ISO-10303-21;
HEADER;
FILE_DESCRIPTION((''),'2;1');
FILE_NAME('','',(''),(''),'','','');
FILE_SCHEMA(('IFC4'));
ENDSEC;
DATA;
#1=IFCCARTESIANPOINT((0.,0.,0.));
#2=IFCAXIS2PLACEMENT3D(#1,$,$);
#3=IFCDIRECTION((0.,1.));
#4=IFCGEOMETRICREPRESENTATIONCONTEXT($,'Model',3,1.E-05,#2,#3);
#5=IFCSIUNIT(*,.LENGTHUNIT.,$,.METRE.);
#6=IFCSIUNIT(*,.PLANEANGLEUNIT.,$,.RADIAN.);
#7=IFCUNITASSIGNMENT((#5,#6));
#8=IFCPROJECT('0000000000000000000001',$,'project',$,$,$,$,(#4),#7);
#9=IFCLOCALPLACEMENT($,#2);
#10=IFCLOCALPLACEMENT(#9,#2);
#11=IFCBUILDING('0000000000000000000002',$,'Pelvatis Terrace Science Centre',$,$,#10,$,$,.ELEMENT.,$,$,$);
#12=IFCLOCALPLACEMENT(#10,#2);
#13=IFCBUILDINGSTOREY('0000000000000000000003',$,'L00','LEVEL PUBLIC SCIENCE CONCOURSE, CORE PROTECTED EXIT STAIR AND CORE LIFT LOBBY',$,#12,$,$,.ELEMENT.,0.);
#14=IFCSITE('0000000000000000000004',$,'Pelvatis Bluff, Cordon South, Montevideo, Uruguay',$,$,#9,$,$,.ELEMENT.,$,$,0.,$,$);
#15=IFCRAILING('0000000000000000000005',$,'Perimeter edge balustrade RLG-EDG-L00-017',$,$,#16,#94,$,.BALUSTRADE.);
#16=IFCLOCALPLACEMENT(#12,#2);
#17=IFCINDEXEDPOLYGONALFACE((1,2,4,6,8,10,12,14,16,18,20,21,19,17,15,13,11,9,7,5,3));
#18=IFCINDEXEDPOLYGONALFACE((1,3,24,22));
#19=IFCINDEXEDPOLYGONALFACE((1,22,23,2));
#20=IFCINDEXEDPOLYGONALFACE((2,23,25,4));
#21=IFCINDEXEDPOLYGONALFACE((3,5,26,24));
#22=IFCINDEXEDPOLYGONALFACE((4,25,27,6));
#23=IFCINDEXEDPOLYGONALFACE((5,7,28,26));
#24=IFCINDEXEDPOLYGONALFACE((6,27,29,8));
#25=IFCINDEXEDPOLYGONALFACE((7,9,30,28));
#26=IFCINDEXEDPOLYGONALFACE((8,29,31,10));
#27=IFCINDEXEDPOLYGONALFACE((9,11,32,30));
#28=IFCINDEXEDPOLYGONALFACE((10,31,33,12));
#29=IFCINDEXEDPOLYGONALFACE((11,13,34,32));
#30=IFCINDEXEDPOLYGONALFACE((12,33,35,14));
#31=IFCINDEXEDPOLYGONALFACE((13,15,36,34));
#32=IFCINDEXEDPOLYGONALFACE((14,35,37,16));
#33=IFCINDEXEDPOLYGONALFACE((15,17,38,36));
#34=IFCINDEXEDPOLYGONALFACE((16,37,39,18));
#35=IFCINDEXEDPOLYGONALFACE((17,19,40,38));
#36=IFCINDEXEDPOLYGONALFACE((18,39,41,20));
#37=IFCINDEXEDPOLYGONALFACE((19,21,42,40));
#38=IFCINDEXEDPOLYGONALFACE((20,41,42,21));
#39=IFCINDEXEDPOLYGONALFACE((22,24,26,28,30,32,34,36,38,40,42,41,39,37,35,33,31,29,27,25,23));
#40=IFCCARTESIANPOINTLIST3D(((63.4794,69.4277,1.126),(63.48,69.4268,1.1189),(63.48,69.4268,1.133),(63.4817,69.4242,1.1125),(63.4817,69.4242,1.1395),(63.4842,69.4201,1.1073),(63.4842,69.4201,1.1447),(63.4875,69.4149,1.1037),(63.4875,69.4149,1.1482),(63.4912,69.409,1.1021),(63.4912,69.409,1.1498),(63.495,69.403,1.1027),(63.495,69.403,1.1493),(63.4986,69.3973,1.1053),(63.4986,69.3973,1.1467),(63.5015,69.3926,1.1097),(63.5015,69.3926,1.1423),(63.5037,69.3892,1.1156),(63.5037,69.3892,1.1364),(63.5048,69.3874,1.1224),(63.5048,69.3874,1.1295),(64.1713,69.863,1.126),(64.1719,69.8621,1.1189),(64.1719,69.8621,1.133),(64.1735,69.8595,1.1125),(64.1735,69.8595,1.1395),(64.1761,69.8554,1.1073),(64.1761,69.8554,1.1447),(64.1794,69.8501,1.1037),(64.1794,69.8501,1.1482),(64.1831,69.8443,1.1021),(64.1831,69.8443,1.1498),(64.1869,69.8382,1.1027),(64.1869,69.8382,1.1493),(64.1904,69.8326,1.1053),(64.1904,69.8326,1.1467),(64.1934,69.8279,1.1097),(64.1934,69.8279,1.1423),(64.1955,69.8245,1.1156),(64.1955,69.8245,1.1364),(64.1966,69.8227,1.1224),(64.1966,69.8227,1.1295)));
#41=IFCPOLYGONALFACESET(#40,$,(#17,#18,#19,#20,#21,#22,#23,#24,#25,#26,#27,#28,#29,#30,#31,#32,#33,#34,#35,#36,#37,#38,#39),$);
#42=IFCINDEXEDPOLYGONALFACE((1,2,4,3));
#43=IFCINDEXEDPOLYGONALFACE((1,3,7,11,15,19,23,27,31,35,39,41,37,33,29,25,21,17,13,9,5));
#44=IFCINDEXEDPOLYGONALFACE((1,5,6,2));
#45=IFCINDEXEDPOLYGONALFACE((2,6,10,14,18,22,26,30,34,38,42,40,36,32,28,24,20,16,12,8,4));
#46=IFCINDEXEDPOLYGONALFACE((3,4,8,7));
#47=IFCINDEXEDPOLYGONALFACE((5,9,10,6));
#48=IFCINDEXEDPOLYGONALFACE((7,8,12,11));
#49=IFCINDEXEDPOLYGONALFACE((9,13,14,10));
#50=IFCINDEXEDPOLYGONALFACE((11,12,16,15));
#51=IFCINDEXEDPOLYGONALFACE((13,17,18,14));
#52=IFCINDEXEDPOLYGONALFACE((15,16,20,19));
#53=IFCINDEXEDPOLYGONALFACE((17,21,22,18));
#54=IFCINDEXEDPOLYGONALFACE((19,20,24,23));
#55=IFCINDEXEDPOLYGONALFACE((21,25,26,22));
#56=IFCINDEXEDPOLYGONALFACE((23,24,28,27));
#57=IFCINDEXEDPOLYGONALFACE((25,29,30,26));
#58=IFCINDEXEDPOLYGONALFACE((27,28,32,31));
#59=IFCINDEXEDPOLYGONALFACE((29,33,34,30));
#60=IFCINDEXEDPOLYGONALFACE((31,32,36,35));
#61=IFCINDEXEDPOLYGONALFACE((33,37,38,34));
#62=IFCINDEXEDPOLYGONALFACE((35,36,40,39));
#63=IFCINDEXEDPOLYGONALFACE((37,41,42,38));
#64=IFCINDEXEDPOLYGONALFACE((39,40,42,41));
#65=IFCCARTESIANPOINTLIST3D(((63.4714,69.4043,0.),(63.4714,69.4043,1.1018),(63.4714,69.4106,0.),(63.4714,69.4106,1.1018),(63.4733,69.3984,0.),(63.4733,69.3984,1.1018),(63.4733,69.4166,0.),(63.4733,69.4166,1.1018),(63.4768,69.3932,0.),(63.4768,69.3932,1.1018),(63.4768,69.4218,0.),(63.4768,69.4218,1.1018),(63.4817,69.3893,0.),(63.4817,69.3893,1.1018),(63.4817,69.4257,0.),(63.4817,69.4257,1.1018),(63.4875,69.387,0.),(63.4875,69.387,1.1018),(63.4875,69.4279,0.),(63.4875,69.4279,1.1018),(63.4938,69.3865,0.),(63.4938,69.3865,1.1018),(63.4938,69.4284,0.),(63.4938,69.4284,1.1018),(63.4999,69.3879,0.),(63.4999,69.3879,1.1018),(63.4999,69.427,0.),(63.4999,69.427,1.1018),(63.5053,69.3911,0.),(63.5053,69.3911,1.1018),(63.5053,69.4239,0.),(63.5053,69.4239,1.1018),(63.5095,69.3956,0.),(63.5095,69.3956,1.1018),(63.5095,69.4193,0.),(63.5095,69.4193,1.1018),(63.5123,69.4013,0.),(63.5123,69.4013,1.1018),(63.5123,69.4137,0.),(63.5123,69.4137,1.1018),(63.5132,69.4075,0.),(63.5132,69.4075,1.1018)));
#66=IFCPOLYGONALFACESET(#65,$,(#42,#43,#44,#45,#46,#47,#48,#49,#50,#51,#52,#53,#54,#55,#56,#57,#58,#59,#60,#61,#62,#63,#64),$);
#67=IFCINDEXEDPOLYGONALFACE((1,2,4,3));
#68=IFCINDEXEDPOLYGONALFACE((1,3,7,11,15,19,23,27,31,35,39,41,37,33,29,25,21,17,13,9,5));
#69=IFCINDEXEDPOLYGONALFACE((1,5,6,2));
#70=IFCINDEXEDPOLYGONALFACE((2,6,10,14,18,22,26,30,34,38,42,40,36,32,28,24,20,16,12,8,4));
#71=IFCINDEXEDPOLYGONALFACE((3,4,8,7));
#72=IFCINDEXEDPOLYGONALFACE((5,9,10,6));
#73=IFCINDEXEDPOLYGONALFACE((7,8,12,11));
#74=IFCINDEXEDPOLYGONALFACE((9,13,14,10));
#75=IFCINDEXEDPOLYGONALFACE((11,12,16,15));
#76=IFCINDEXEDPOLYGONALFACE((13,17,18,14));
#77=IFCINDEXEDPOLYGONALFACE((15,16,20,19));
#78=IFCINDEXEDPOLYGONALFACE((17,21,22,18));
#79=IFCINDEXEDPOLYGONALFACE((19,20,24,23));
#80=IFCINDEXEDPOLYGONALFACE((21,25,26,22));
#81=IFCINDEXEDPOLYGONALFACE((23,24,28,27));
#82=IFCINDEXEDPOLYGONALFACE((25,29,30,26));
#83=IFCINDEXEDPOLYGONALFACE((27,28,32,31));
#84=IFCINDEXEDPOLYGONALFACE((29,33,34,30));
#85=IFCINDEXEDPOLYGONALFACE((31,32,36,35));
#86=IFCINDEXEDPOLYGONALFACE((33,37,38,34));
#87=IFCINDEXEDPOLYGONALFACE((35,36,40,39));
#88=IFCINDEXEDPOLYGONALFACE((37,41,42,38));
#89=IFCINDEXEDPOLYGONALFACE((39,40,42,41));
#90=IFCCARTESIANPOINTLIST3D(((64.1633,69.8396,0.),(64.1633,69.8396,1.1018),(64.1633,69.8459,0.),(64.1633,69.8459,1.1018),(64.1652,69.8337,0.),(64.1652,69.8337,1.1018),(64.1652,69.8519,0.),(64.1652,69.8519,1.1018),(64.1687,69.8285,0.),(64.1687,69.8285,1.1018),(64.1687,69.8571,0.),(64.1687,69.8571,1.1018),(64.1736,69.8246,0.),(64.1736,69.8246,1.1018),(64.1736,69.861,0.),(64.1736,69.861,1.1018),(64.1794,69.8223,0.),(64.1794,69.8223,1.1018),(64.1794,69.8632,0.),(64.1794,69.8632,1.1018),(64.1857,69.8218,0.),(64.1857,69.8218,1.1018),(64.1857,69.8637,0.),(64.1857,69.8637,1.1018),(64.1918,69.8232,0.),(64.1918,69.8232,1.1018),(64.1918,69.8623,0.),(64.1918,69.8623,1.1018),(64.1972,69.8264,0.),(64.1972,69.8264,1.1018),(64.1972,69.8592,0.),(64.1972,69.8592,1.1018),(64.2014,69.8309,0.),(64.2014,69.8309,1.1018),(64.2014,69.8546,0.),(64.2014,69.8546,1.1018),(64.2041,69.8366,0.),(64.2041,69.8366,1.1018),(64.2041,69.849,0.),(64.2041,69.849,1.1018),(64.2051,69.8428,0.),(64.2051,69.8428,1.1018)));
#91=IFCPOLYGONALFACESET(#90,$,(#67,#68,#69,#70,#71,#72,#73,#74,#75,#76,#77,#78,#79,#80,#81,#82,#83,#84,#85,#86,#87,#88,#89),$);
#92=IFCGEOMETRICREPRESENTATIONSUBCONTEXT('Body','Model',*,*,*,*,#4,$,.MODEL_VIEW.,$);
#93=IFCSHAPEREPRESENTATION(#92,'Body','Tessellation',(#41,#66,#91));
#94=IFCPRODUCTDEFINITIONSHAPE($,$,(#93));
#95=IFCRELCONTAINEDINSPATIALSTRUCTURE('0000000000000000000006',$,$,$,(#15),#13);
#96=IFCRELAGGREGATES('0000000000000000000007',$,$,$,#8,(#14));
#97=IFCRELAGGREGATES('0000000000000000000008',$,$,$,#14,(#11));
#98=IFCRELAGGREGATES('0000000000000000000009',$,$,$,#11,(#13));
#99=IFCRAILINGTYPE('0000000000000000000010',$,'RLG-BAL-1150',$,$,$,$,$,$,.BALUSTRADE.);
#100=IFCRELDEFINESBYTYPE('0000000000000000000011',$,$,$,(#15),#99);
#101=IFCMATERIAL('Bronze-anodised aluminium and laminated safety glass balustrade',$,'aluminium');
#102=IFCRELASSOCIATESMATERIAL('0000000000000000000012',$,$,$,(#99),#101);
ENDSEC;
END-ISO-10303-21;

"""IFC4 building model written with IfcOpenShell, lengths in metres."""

from ifc_helpers import new_model, si_unit, direction, frame, origin, origin_2d, place, context, subcontext, project, spatial, circle, extrude, material, type_object, element, save


model = new_model("IFC4")

# Units and contexts
model_context = context("Model", 3, precision=1e-05, world=origin(), true_north=direction((0.0, 1.0)))
body_context = subcontext(model_context, "Body", "Model", "MODEL_VIEW")
ifc_project = project(units=[si_unit("LENGTHUNIT", "METRE"), si_unit("PLANEANGLEUNIT", "RADIAN")], contexts=[model_context])

# Site, building, storey
site_placement = place(None, origin())
site = spatial("IfcSite", under=ifc_project, at=site_placement, Name="Pelvatis Bluff, Cordon South, Montevideo, Uruguay", CompositionType="ELEMENT", RefElevation=0.0)
building_placement = place(site_placement, origin())
building = spatial("IfcBuilding", under=site, at=building_placement, Name="Pelvatis Terrace Science Centre", CompositionType="ELEMENT")
storey_placement = place(building_placement, origin())
storey = spatial("IfcBuildingStorey", under=building, at=storey_placement, Name="L00", Description="LEVEL PUBLIC SCIENCE CONCOURSE, CORE PROTECTED EXIT STAIR AND CORE LIFT LOBBY", CompositionType="ELEMENT", Elevation=0.0)

# Railing
ifc_material_1 = material(Name="Bronze-anodised aluminium and laminated safety glass balustrade", Category="aluminium")
railing_type = type_object("IfcRailingType", Name="RLG-BAL-1150", PredefinedType="BALUSTRADE", material=ifc_material_1)
railing_placement = place(storey_placement, frame((63.4922, 69.4075, 0.0)))
element("IfcRailing", 1, at=railing_placement, inside=storey, type_object=railing_type, Name="Perimeter edge balustrade RLG-EDG-L00-017", PredefinedType="BALUSTRADE", context=body_context, shape_type="SweptSolid", body=[
    extrude(circle(Radius=0.0239, at=origin_2d()), frame((0.0, 0.0, 1.126), z_axis=(0.846417, 0.53252, 0.0), x_axis=(-0.53252, 0.846417, 0.0)), (0.0, 0.0, 1.0), 0.8174),
    extrude(circle(Radius=0.021, at=origin_2d()), origin(), (0.0, 0.0, 1.0), 1.1018),
    extrude(circle(Radius=0.021, at=origin_2d()), frame((0.6919, 0.4353, 0.0)), (0.0, 0.0, 1.0), 1.1018),
])

save(model, "model.ifc")
